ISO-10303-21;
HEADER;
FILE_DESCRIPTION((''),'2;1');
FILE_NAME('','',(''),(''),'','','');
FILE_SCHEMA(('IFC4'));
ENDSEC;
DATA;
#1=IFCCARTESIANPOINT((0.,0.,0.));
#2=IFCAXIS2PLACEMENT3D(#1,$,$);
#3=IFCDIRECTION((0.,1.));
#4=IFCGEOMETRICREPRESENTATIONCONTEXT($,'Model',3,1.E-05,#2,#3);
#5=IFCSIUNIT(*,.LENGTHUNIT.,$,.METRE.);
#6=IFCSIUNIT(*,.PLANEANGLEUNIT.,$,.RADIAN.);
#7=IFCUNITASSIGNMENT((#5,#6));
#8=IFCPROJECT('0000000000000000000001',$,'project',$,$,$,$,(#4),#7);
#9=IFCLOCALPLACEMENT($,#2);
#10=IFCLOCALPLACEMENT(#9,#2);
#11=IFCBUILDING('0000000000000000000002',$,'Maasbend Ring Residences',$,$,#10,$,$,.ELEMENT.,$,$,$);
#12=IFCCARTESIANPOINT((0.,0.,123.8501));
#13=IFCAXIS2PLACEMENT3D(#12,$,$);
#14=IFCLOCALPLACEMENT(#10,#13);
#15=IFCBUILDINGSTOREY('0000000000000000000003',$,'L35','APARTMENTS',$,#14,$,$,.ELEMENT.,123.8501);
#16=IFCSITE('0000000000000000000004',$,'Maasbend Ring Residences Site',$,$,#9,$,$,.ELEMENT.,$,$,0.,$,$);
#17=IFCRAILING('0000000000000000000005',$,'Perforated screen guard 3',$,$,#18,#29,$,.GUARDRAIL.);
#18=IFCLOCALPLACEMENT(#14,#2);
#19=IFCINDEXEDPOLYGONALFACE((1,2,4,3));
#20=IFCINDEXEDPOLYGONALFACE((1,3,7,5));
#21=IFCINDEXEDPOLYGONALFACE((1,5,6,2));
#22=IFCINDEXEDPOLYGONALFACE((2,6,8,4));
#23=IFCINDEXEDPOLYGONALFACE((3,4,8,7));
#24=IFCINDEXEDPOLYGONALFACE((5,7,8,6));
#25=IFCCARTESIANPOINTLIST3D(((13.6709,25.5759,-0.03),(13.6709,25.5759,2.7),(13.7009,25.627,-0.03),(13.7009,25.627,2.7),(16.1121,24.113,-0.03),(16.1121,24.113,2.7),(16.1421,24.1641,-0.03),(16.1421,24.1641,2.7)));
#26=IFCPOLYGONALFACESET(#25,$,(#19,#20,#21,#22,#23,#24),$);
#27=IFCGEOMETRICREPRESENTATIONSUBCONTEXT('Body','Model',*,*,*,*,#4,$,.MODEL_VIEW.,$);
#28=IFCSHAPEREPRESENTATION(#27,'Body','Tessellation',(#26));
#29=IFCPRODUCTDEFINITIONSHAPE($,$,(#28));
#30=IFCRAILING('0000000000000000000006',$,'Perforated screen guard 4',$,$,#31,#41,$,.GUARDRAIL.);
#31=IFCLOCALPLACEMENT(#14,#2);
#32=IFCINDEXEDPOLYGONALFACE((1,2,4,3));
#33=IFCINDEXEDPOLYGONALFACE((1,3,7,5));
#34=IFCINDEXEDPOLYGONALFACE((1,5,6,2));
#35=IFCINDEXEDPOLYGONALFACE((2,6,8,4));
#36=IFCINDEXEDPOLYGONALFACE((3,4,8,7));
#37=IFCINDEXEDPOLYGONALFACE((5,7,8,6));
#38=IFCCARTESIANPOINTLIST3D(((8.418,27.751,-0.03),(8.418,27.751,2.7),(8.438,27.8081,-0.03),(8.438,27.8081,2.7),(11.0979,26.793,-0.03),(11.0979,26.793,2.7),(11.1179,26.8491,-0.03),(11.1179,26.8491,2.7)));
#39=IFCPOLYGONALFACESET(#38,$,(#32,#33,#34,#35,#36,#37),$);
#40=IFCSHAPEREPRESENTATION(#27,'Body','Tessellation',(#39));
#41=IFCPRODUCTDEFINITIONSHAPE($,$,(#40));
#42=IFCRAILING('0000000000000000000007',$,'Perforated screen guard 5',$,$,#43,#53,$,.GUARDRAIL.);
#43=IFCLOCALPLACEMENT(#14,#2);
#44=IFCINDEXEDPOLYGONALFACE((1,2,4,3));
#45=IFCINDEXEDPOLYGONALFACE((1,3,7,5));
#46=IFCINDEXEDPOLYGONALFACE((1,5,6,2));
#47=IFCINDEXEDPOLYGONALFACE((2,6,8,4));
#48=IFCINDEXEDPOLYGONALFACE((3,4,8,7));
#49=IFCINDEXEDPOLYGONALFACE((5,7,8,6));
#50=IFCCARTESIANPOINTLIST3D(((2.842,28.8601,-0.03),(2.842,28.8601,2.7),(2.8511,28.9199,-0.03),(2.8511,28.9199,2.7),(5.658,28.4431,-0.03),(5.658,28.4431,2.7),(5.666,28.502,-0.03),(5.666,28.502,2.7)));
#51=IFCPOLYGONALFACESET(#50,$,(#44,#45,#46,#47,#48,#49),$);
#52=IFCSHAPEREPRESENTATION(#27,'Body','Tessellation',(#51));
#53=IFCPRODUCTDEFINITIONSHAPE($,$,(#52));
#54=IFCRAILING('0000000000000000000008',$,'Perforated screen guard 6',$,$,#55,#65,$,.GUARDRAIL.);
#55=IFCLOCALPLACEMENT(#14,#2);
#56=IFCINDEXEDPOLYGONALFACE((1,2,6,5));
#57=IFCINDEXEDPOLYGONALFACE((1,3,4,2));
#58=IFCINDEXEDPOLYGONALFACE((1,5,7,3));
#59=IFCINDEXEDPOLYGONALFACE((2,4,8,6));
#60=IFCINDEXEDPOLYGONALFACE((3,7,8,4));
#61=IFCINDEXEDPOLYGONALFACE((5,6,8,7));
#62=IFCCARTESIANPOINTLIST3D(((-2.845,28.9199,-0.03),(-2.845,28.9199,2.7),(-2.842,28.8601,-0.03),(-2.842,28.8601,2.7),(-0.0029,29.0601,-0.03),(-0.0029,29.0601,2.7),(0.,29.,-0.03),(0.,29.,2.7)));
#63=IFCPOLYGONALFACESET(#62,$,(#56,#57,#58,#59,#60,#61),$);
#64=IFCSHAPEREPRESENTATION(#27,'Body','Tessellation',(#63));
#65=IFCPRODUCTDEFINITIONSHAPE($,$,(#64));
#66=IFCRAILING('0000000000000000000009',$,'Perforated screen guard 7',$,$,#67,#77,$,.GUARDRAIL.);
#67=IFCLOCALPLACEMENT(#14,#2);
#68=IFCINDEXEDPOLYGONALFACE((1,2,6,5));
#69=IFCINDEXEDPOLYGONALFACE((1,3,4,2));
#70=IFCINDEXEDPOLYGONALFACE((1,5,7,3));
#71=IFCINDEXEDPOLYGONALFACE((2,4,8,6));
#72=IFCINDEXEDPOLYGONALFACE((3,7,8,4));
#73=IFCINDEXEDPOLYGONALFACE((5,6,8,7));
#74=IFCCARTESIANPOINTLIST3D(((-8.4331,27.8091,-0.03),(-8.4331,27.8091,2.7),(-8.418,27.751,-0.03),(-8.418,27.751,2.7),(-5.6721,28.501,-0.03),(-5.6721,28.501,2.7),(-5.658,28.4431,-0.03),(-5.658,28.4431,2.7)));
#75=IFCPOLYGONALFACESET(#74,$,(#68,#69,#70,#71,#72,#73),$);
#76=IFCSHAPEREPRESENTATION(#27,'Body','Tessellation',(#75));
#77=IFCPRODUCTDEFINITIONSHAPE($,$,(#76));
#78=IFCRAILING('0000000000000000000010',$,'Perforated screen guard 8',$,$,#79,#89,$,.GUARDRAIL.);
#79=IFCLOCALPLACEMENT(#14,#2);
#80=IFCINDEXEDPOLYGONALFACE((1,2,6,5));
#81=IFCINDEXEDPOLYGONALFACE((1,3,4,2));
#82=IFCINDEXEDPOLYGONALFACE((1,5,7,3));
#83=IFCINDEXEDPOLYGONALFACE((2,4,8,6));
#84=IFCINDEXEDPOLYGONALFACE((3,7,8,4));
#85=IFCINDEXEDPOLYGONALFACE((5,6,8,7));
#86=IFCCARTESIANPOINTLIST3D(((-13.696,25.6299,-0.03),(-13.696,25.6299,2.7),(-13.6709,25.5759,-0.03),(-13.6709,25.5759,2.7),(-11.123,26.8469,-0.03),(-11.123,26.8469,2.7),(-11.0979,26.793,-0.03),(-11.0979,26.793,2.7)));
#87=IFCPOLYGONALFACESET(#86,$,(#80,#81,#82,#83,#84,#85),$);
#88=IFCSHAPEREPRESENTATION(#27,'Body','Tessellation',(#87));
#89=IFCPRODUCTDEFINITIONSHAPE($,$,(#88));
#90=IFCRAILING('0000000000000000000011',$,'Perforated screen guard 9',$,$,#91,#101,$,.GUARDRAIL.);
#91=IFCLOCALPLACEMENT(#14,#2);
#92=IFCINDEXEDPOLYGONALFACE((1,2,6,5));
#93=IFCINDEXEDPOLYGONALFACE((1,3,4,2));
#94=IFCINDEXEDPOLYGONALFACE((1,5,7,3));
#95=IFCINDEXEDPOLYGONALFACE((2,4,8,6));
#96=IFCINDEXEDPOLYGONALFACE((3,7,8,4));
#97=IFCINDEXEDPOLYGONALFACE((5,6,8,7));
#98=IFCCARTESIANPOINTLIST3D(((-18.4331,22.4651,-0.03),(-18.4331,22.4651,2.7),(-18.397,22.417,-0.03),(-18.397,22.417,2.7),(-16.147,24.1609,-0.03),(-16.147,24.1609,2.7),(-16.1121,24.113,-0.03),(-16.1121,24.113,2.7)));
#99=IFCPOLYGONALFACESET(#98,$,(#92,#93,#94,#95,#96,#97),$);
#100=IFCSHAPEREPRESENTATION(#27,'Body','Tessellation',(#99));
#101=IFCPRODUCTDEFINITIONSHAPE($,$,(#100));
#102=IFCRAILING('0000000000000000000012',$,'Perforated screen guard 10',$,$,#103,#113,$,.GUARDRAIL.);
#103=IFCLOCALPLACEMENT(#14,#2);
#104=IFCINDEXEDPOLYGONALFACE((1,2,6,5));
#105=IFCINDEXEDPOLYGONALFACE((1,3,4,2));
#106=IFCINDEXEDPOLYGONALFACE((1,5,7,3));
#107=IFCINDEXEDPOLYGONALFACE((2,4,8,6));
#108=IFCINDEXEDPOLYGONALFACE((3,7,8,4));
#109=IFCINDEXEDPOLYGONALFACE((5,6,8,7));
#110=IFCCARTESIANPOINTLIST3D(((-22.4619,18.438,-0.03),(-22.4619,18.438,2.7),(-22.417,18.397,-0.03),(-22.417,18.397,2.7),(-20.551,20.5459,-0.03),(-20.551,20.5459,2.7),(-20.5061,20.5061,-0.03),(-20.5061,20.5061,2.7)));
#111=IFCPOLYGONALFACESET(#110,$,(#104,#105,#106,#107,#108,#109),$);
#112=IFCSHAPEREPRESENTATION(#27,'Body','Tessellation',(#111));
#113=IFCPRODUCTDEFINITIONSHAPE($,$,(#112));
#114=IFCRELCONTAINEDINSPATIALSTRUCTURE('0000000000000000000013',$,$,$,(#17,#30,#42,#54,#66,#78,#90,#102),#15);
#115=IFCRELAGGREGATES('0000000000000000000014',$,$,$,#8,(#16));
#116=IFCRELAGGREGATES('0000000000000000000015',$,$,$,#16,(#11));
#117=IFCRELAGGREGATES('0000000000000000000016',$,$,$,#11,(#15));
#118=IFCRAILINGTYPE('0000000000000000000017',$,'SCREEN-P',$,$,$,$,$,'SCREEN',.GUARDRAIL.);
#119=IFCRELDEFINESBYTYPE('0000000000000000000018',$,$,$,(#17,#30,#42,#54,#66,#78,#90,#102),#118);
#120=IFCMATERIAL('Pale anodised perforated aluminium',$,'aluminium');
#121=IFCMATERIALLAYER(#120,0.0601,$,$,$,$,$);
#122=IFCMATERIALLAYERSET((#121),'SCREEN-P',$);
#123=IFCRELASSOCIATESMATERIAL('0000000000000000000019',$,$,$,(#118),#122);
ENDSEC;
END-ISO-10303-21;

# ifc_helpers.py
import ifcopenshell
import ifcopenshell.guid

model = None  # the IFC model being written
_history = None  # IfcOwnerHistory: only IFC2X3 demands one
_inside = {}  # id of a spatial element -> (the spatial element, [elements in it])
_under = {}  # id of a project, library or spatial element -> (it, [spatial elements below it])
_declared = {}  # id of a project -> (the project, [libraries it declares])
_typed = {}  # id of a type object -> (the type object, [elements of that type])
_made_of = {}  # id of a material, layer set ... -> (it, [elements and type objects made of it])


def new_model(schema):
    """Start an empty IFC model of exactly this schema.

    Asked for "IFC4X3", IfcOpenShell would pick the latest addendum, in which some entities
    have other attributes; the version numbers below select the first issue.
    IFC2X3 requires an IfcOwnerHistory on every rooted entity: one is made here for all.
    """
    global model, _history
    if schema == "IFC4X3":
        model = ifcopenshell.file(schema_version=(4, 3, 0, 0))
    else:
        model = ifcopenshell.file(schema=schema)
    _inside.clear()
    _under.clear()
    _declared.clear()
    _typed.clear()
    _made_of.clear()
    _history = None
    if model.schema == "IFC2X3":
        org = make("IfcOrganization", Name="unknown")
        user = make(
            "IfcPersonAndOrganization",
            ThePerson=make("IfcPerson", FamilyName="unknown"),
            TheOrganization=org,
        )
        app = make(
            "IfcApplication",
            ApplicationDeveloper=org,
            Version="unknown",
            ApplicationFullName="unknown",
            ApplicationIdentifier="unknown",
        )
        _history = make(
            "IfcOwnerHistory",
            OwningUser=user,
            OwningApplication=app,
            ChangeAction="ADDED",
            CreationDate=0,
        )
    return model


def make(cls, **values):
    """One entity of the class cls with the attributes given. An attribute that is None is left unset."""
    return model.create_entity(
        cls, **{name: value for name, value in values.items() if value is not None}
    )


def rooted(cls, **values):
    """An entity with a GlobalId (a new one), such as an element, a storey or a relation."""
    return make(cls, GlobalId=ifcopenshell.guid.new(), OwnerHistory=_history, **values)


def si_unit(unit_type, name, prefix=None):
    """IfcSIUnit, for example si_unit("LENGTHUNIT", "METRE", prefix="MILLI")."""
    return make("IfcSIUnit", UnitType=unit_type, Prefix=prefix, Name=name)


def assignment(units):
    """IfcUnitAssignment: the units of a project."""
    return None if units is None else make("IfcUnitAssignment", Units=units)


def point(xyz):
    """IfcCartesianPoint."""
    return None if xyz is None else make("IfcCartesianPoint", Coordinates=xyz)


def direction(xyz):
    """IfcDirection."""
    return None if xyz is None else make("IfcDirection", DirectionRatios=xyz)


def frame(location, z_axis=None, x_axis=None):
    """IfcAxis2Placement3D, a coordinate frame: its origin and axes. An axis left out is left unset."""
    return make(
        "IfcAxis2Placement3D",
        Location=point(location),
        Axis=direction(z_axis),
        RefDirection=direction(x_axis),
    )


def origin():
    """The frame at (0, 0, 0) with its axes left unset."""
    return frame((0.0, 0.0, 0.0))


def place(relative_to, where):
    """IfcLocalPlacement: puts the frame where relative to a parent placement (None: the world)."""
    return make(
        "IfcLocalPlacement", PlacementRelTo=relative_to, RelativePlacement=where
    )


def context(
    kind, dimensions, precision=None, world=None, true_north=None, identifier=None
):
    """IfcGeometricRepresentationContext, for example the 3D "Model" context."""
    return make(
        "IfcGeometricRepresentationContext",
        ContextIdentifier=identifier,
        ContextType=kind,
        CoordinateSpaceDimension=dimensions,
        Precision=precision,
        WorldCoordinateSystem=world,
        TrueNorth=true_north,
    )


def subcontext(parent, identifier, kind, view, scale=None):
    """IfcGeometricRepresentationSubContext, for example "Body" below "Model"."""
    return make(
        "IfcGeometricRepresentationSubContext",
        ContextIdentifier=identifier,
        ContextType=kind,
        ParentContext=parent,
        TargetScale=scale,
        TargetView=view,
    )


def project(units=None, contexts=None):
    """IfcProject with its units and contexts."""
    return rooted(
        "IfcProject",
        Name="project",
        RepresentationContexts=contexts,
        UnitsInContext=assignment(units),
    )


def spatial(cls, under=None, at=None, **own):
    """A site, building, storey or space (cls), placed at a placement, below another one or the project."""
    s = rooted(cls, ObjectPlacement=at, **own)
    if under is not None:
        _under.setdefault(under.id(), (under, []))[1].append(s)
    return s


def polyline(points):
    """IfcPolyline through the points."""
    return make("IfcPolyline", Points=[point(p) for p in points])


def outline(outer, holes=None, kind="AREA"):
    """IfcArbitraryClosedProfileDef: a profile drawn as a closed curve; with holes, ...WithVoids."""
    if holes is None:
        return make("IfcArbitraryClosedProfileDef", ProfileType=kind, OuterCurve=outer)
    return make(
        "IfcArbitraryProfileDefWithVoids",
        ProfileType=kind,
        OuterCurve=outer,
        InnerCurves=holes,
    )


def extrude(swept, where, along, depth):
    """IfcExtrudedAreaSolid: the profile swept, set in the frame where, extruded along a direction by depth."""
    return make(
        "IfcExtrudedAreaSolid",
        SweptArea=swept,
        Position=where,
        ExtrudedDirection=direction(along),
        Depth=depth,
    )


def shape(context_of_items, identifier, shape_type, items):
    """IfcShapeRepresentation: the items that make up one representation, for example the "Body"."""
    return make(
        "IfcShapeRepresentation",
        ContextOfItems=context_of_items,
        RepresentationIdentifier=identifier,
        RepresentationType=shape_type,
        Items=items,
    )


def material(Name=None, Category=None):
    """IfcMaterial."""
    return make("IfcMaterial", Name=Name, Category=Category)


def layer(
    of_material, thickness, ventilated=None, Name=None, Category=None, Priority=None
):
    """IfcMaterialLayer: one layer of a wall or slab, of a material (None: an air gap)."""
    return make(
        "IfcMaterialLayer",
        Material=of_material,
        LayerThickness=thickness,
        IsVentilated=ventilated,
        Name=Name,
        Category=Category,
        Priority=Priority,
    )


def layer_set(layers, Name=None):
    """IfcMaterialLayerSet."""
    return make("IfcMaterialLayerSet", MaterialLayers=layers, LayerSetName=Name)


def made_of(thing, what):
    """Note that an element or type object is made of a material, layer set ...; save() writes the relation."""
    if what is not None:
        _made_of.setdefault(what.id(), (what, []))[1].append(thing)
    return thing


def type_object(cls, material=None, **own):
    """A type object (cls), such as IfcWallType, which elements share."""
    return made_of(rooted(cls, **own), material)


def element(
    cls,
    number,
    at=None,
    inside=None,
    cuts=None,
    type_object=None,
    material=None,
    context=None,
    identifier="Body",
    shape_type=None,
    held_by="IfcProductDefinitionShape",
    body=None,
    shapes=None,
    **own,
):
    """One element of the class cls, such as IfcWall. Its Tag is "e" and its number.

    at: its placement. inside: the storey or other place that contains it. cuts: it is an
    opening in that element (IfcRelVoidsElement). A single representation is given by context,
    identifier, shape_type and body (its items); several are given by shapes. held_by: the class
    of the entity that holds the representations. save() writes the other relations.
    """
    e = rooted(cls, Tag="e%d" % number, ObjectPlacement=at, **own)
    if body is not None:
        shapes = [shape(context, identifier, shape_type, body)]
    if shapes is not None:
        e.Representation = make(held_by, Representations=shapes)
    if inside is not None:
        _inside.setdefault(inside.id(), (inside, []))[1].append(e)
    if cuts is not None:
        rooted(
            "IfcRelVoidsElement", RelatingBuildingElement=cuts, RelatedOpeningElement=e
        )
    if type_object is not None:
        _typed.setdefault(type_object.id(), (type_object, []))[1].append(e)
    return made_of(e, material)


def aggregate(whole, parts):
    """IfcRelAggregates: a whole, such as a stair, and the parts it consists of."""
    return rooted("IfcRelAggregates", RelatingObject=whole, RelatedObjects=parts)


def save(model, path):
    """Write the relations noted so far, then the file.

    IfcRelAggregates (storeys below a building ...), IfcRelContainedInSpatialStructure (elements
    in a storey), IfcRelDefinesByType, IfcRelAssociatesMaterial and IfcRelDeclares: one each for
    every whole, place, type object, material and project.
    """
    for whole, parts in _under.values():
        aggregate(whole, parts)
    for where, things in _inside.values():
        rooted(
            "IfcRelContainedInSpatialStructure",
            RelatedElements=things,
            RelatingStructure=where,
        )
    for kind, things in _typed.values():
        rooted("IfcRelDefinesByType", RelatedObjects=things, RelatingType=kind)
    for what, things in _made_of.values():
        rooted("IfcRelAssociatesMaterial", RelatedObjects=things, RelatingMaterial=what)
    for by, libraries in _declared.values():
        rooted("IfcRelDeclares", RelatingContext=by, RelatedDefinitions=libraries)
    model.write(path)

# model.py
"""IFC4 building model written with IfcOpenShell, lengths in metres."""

from ifc_helpers import new_model, si_unit, direction, frame, origin, place, context, subcontext, project, spatial, polyline, outline, extrude, material, layer, layer_set, type_object, element, save


model = new_model("IFC4")

# Units and contexts
model_context = context("Model", 3, precision=1e-05, world=origin(), true_north=direction((0.0, 1.0)))
body_context = subcontext(model_context, "Body", "Model", "MODEL_VIEW")
ifc_project = project(units=[si_unit("LENGTHUNIT", "METRE"), si_unit("PLANEANGLEUNIT", "RADIAN")], contexts=[model_context])

# Site, building, storey
site_placement = place(None, origin())
site = spatial("IfcSite", under=ifc_project, at=site_placement, Name="Maasbend Ring Residences Site", CompositionType="ELEMENT", RefElevation=0.0)
building_placement = place(site_placement, origin())
building = spatial("IfcBuilding", under=site, at=building_placement, Name="Maasbend Ring Residences", CompositionType="ELEMENT")
storey_placement = place(building_placement, frame((0.0, 0.0, 123.8501)))
storey = spatial("IfcBuildingStorey", under=building, at=storey_placement, Name="L35", Description="APARTMENTS", CompositionType="ELEMENT", Elevation=123.8501)

# Railings
ifc_material_1 = material(Name="Pale anodised perforated aluminium", Category="aluminium")
ifc_layer_1 = layer(ifc_material_1, 0.0601)
ifc_layer_set_1 = layer_set([ifc_layer_1], Name="SCREEN-P")
railing_type = type_object("IfcRailingType", Name="SCREEN-P", ElementType="SCREEN", PredefinedType="GUARDRAIL", material=ifc_layer_set_1)
railing_1_placement = place(storey_placement, frame((0.0, 0.0, -0.03)))
element("IfcRailing", 1, at=railing_1_placement, inside=storey, type_object=railing_type, Name="Perforated screen guard 3", PredefinedType="GUARDRAIL", context=body_context, shape_type="SweptSolid", body=[
    extrude(outline(polyline([(16.1121, 24.113), (13.6709, 25.5759), (13.7009, 25.627), (16.1421, 24.1641), (16.1121, 24.113)])), origin(), (0.0, 0.0, 1.0), 2.73),
])
railing_2_placement = place(storey_placement, frame((0.0, 0.0, -0.03)))
element("IfcRailing", 2, at=railing_2_placement, inside=storey, type_object=railing_type, Name="Perforated screen guard 4", PredefinedType="GUARDRAIL", context=body_context, shape_type="SweptSolid", body=[
    extrude(outline(polyline([(11.0979, 26.793), (8.418, 27.751), (8.438, 27.8081), (11.1179, 26.8491), (11.0979, 26.793)])), origin(), (0.0, 0.0, 1.0), 2.73),
])
railing_3_placement = place(storey_placement, frame((0.0, 0.0, -0.03)))
element("IfcRailing", 3, at=railing_3_placement, inside=storey, type_object=railing_type, Name="Perforated screen guard 5", PredefinedType="GUARDRAIL", context=body_context, shape_type="SweptSolid", body=[
    extrude(outline(polyline([(5.658, 28.4431), (2.842, 28.8601), (2.8511, 28.9199), (5.666, 28.502), (5.658, 28.4431)])), origin(), (0.0, 0.0, 1.0), 2.73),
])
railing_4_placement = place(storey_placement, frame((0.0, 0.0, -0.03)))
element("IfcRailing", 4, at=railing_4_placement, inside=storey, type_object=railing_type, Name="Perforated screen guard 6", PredefinedType="GUARDRAIL", context=body_context, shape_type="SweptSolid", body=[
    extrude(outline(polyline([(0.0, 29.0), (-2.842, 28.8601), (-2.845, 28.9199), (-0.0029, 29.0601), (0.0, 29.0)])), origin(), (0.0, 0.0, 1.0), 2.73),
])
railing_5_placement = place(storey_placement, frame((0.0, 0.0, -0.03)))
element("IfcRailing", 5, at=railing_5_placement, inside=storey, type_object=railing_type, Name="Perforated screen guard 7", PredefinedType="GUARDRAIL", context=body_context, shape_type="SweptSolid", body=[
    extrude(outline(polyline([(-5.658, 28.4431), (-8.418, 27.751), (-8.4331, 27.8091), (-5.6721, 28.501), (-5.658, 28.4431)])), origin(), (0.0, 0.0, 1.0), 2.73),
])
railing_6_placement = place(storey_placement, frame((0.0, 0.0, -0.03)))
element("IfcRailing", 6, at=railing_6_placement, inside=storey, type_object=railing_type, Name="Perforated screen guard 8", PredefinedType="GUARDRAIL", context=body_context, shape_type="SweptSolid", body=[
    extrude(outline(polyline([(-11.0979, 26.793), (-13.6709, 25.5759), (-13.696, 25.6299), (-11.123, 26.8469), (-11.0979, 26.793)])), origin(), (0.0, 0.0, 1.0), 2.73),
])
railing_7_placement = place(storey_placement, frame((0.0, 0.0, -0.03)))
element("IfcRailing", 7, at=railing_7_placement, inside=storey, type_object=railing_type, Name="Perforated screen guard 9", PredefinedType="GUARDRAIL", context=body_context, shape_type="SweptSolid", body=[
    extrude(outline(polyline([(-16.1121, 24.113), (-18.397, 22.417), (-18.4331, 22.4651), (-16.147, 24.1609), (-16.1121, 24.113)])), origin(), (0.0, 0.0, 1.0), 2.73),
])
railing_8_placement = place(storey_placement, frame((0.0, 0.0, -0.03)))
element("IfcRailing", 8, at=railing_8_placement, inside=storey, type_object=railing_type, Name="Perforated screen guard 10", PredefinedType="GUARDRAIL", context=body_context, shape_type="SweptSolid", body=[
    extrude(outline(polyline([(-20.5061, 20.5061), (-22.417, 18.397), (-22.4619, 18.438), (-20.551, 20.5459), (-20.5061, 20.5061)])), origin(), (0.0, 0.0, 1.0), 2.73),
])

save(model, "model.ifc")
